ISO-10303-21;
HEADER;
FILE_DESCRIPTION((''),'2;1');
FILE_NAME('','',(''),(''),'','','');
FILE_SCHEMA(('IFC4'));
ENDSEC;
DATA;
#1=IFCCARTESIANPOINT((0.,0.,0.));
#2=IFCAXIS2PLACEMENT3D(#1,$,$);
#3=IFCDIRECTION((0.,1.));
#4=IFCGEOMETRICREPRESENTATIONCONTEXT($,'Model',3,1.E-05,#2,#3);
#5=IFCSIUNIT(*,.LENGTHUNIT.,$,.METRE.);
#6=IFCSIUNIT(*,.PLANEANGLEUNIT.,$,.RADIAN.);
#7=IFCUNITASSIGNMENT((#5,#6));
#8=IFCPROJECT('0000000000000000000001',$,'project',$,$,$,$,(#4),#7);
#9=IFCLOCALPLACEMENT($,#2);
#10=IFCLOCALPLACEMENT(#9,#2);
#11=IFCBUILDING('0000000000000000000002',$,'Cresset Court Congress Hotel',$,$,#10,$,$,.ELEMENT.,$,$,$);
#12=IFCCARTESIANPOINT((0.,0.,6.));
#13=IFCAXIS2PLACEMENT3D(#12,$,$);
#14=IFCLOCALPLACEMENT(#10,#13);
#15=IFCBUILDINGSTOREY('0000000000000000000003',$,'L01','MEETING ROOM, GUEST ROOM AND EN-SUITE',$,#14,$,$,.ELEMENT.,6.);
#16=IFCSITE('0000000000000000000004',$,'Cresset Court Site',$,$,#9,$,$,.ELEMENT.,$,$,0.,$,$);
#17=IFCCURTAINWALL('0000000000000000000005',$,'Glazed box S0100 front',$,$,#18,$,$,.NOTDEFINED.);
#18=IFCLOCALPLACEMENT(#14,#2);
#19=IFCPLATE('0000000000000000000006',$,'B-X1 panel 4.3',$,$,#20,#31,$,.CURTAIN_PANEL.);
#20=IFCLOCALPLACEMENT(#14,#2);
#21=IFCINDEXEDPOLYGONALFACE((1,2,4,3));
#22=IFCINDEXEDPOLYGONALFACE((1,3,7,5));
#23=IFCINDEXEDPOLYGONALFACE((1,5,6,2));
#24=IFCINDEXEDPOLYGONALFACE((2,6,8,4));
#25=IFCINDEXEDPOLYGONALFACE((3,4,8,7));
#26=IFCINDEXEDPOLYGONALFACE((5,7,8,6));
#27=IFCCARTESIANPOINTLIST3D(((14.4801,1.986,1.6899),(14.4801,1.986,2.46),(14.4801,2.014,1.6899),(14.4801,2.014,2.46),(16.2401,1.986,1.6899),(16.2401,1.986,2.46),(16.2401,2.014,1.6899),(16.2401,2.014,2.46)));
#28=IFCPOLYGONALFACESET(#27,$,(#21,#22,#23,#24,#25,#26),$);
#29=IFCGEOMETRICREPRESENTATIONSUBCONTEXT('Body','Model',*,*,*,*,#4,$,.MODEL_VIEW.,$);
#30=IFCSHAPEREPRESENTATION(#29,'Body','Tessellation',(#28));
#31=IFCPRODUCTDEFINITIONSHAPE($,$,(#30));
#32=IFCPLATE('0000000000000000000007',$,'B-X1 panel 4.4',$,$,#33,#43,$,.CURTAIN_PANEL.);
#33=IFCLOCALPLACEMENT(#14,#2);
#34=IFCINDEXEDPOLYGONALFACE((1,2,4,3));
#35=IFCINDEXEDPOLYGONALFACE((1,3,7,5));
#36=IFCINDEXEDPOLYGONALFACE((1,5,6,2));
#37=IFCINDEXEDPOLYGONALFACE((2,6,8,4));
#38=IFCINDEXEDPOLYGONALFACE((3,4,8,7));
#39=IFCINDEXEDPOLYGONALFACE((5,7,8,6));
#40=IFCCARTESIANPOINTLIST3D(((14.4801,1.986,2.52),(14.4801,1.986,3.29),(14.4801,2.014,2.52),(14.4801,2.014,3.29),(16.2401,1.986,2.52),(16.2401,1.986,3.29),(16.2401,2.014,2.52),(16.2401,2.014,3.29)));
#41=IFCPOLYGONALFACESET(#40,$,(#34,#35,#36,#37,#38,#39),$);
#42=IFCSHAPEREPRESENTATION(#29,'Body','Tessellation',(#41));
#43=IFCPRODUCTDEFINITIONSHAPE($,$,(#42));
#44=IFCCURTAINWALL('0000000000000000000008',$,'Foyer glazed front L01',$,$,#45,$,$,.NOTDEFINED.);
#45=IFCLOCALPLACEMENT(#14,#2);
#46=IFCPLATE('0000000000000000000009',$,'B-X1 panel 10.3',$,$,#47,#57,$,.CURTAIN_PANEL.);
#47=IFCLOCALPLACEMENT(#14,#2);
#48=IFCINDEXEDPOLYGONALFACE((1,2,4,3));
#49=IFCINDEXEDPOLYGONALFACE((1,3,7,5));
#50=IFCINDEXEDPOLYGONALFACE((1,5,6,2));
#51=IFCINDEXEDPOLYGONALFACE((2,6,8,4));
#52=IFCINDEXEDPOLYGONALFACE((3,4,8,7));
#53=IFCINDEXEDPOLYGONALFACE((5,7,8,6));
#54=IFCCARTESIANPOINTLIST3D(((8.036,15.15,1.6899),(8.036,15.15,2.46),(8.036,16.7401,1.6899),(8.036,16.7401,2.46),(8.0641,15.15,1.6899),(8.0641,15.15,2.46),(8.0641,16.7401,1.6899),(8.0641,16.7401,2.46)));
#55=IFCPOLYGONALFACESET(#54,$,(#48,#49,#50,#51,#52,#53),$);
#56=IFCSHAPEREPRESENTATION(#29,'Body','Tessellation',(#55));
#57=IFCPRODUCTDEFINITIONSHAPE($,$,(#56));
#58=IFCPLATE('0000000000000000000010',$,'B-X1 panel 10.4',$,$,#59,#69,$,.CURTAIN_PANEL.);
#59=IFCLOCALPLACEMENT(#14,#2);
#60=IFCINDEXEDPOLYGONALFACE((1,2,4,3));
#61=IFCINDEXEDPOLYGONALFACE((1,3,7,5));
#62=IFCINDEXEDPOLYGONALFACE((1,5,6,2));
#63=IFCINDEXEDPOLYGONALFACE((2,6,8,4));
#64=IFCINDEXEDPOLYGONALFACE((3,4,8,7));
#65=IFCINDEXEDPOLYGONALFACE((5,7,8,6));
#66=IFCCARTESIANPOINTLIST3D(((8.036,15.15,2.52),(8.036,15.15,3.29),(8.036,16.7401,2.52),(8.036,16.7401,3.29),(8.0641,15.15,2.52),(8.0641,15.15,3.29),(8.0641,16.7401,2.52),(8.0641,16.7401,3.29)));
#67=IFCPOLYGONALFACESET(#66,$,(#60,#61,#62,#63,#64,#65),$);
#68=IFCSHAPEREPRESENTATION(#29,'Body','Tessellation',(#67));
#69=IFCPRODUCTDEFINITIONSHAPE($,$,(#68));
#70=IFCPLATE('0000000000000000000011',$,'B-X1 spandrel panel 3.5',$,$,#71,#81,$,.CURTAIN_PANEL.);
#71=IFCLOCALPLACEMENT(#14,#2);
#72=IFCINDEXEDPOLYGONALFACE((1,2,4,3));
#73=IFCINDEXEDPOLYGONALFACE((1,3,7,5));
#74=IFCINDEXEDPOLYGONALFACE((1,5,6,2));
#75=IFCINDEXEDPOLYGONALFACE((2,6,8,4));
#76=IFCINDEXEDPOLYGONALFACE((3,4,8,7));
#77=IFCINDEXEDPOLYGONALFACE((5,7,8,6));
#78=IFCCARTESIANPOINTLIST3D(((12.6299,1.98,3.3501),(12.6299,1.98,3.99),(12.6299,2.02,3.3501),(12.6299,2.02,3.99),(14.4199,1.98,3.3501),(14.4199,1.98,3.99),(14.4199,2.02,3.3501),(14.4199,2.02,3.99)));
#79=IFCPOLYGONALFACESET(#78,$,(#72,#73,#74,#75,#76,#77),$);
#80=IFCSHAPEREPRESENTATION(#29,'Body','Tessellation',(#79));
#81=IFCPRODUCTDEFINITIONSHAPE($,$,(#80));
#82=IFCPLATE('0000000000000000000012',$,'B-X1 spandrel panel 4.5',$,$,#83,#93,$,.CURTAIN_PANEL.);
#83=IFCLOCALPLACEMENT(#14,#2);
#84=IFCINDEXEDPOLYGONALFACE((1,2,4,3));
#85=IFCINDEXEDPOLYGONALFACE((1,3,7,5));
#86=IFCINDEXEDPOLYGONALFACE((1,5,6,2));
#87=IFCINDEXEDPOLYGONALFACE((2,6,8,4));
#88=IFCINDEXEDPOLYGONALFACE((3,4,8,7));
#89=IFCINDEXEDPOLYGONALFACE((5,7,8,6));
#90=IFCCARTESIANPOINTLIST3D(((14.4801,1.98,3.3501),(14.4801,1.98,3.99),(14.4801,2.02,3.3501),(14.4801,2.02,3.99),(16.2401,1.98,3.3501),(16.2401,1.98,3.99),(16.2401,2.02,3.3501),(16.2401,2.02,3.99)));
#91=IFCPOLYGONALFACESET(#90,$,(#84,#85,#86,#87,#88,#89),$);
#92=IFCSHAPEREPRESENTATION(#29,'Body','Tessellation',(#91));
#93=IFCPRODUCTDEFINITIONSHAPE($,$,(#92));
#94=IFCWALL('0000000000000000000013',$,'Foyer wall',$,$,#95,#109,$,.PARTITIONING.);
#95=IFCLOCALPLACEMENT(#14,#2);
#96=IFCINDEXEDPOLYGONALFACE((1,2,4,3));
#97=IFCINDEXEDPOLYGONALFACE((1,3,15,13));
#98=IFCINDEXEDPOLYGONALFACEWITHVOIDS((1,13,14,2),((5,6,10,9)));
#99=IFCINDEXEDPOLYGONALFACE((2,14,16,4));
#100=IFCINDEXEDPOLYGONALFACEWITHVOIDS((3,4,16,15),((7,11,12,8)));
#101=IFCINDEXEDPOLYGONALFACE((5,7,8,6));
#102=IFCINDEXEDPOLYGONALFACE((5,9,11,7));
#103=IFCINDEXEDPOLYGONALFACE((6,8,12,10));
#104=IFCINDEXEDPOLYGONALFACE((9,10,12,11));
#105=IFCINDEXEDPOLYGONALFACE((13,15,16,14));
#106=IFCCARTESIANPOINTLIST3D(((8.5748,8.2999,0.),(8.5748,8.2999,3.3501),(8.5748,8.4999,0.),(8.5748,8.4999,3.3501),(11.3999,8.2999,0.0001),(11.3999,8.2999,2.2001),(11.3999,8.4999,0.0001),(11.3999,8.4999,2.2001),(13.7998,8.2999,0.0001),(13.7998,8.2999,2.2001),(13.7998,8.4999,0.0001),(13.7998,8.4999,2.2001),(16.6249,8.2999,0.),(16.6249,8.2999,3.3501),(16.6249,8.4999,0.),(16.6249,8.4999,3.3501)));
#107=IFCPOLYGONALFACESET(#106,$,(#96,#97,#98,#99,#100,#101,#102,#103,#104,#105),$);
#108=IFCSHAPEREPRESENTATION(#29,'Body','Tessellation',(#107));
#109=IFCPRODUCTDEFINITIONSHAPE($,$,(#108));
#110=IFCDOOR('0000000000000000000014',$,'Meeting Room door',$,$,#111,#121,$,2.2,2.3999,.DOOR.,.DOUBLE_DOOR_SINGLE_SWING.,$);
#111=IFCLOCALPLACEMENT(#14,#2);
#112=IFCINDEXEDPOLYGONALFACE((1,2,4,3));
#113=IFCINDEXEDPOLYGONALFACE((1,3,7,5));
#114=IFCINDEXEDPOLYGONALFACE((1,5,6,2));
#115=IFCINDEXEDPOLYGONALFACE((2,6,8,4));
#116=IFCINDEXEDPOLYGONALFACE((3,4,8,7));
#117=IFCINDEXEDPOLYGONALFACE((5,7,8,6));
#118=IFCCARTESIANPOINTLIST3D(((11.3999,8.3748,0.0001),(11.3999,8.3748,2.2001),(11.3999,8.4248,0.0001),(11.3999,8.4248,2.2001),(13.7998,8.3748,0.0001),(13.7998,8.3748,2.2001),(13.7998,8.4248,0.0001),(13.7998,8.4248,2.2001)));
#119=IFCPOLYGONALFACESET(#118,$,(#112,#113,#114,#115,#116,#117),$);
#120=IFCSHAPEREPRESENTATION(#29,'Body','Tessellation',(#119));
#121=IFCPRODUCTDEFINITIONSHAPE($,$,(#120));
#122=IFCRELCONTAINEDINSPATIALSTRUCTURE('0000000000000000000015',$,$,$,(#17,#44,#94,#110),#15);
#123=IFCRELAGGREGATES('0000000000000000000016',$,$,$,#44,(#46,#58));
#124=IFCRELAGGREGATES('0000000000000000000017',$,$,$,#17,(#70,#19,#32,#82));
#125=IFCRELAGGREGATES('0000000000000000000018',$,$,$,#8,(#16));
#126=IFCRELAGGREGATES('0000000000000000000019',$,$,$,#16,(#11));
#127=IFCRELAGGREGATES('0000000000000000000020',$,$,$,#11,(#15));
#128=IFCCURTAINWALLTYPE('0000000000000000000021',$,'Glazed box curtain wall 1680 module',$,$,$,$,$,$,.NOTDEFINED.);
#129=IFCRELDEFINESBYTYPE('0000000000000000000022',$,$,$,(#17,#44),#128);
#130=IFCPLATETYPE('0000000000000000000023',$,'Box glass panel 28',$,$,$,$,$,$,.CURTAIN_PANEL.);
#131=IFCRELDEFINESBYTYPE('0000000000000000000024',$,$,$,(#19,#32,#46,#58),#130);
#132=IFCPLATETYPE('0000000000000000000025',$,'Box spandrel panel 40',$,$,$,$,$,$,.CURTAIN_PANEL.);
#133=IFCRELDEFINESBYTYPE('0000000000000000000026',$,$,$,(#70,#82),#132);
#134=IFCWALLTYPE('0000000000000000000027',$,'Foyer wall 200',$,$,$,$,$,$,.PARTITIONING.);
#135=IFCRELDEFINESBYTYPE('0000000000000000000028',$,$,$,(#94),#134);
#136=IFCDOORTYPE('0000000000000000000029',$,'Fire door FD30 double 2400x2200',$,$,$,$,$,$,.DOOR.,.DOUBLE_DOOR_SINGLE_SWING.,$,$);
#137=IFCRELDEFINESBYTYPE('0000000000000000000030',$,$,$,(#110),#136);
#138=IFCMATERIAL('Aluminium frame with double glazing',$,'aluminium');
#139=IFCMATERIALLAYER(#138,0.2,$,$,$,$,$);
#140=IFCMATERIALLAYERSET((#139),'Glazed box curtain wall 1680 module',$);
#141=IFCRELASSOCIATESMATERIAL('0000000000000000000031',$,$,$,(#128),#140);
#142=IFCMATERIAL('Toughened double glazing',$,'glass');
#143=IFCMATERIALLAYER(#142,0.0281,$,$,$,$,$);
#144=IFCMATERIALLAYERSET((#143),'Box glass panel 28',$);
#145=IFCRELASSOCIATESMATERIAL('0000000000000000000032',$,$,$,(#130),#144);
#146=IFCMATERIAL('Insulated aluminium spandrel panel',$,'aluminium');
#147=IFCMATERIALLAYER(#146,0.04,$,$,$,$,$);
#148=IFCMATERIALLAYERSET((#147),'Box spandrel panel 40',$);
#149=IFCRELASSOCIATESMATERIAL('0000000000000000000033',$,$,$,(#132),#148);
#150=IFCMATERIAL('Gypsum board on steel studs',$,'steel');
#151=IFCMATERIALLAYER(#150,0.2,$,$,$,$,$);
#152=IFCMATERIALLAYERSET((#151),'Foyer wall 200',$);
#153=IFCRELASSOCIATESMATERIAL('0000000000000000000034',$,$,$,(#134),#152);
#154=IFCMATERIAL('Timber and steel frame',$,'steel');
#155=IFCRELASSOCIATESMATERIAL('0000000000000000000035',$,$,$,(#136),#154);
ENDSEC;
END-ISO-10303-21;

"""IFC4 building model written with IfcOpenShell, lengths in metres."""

from ifc_helpers import new_model, si_unit, direction, frame, frame_2d, origin, origin_2d, place, context, subcontext, project, spatial, rectangle, extrude, material, layer, layer_set, type_object, element, fill, aggregate, save


model = new_model("IFC4")

# Units and contexts
model_context = context("Model", 3, precision=1e-05, world=origin(), true_north=direction((0.0, 1.0)))
body_context = subcontext(model_context, "Body", "Model", "MODEL_VIEW")
ifc_project = project(units=[si_unit("LENGTHUNIT", "METRE"), si_unit("PLANEANGLEUNIT", "RADIAN")], contexts=[model_context])

# Site, building, storey
site_placement = place(None, origin())
site = spatial("IfcSite", under=ifc_project, at=site_placement, Name="Cresset Court Site", CompositionType="ELEMENT", RefElevation=0.0)
building_placement = place(site_placement, origin())
building = spatial("IfcBuilding", under=site, at=building_placement, Name="Cresset Court Congress Hotel", CompositionType="ELEMENT")
storey_placement = place(building_placement, frame((0.0, 0.0, 6.0)))
storey = spatial("IfcBuildingStorey", under=building, at=storey_placement, Name="L01", Description="MEETING ROOM, GUEST ROOM AND EN-SUITE", CompositionType="ELEMENT", Elevation=6.0)

# Curtain wall
ifc_material_1 = material(Name="Aluminium frame with double glazing", Category="aluminium")
ifc_layer_1 = layer(ifc_material_1, 0.2)
ifc_layer_set_1 = layer_set([ifc_layer_1], Name="Glazed box curtain wall 1680 module")
curtain_wall_type = type_object("IfcCurtainWallType", Name="Glazed box curtain wall 1680 module", PredefinedType="NOTDEFINED", material=ifc_layer_set_1)
curtain_wall_1_placement = place(storey_placement, origin())
curtain_wall_1 = element("IfcCurtainWall", 1, at=curtain_wall_1_placement, inside=storey, type_object=curtain_wall_type, Name="Glazed box S0100 front", PredefinedType="NOTDEFINED")

# Plates
ifc_material_2 = material(Name="Toughened double glazing", Category="glass")
ifc_layer_2 = layer(ifc_material_2, 0.0281)
ifc_layer_set_2 = layer_set([ifc_layer_2], Name="Box glass panel 28")
plate_type_1 = type_object("IfcPlateType", Name="Box glass panel 28", PredefinedType="CURTAIN_PANEL", material=ifc_layer_set_2)
plate_1_placement = place(storey_placement, frame((15.3601, 2.0, 1.6899), z_axis=(0.0, 0.0, 1.0), x_axis=(1.0, 0.0, 0.0)))
plate_1 = element("IfcPlate", 2, at=plate_1_placement, type_object=plate_type_1, Name="B-X1 panel 4.3", PredefinedType="CURTAIN_PANEL", context=body_context, shape_type="SweptSolid", body=[
    extrude(rectangle(XDim=1.76, YDim=0.0281, at=origin_2d()), origin(), (0.0, 0.0, 1.0), 0.77),
])
plate_2_placement = place(storey_placement, frame((15.3601, 2.0, 2.52), z_axis=(0.0, 0.0, 1.0), x_axis=(1.0, 0.0, 0.0)))
plate_2 = element("IfcPlate", 3, at=plate_2_placement, type_object=plate_type_1, Name="B-X1 panel 4.4", PredefinedType="CURTAIN_PANEL", context=body_context, shape_type="SweptSolid", body=[
    extrude(rectangle(XDim=1.76, YDim=0.0281, at=origin_2d()), origin(), (0.0, 0.0, 1.0), 0.77),
])

# Curtain wall, plates
curtain_wall_2_placement = place(storey_placement, origin())
curtain_wall_2 = element("IfcCurtainWall", 4, at=curtain_wall_2_placement, inside=storey, type_object=curtain_wall_type, Name="Foyer glazed front L01", PredefinedType="NOTDEFINED")
plate_3_placement = place(storey_placement, frame((8.05, 15.9451, 1.6899), z_axis=(0.0, 0.0, 1.0), x_axis=(0.0, 1.0, 0.0)))
plate_3 = element("IfcPlate", 5, at=plate_3_placement, type_object=plate_type_1, Name="B-X1 panel 10.3", PredefinedType="CURTAIN_PANEL", context=body_context, shape_type="SweptSolid", body=[
    extrude(rectangle(XDim=1.5901, YDim=0.0281, at=origin_2d()), origin(), (0.0, 0.0, 1.0), 0.77),
])
plate_4_placement = place(storey_placement, frame((8.05, 15.9451, 2.52), z_axis=(0.0, 0.0, 1.0), x_axis=(0.0, 1.0, 0.0)))
plate_4 = element("IfcPlate", 6, at=plate_4_placement, type_object=plate_type_1, Name="B-X1 panel 10.4", PredefinedType="CURTAIN_PANEL", context=body_context, shape_type="SweptSolid", body=[
    extrude(rectangle(XDim=1.5901, YDim=0.0281, at=origin_2d()), origin(), (0.0, 0.0, 1.0), 0.77),
])
aggregate(curtain_wall_2, [plate_3, plate_4])

# Plates
ifc_material_3 = material(Name="Insulated aluminium spandrel panel", Category="aluminium")
ifc_layer_3 = layer(ifc_material_3, 0.04)
ifc_layer_set_3 = layer_set([ifc_layer_3], Name="Box spandrel panel 40")
plate_type_2 = type_object("IfcPlateType", Name="Box spandrel panel 40", PredefinedType="CURTAIN_PANEL", material=ifc_layer_set_3)
plate_5_placement = place(storey_placement, frame((13.5249, 2.0, 3.3501), z_axis=(0.0, 0.0, 1.0), x_axis=(1.0, 0.0, 0.0)))
plate_5 = element("IfcPlate", 7, at=plate_5_placement, type_object=plate_type_2, Name="B-X1 spandrel panel 3.5", PredefinedType="CURTAIN_PANEL", context=body_context, shape_type="SweptSolid", body=[
    extrude(rectangle(XDim=1.79, YDim=0.04, at=origin_2d()), origin(), (0.0, 0.0, 1.0), 0.6399),
])
plate_6_placement = place(storey_placement, frame((15.3601, 2.0, 3.3501), z_axis=(0.0, 0.0, 1.0), x_axis=(1.0, 0.0, 0.0)))
plate_6 = element("IfcPlate", 8, at=plate_6_placement, type_object=plate_type_2, Name="B-X1 spandrel panel 4.5", PredefinedType="CURTAIN_PANEL", context=body_context, shape_type="SweptSolid", body=[
    extrude(rectangle(XDim=1.76, YDim=0.04, at=origin_2d()), origin(), (0.0, 0.0, 1.0), 0.6399),
])
aggregate(curtain_wall_1, [plate_5, plate_1, plate_2, plate_6])

# Wall, opening, door
ifc_material_4 = material(Name="Gypsum board on steel studs", Category="steel")
ifc_layer_4 = layer(ifc_material_4, 0.2)
ifc_layer_set_4 = layer_set([ifc_layer_4], Name="Foyer wall 200")
wall_type = type_object("IfcWallType", Name="Foyer wall 200", PredefinedType="PARTITIONING", material=ifc_layer_set_4)
wall_placement = place(storey_placement, frame((8.575, 8.3999, 0.0), z_axis=(0.0, 0.0, 1.0), x_axis=(1.0, 0.0, 0.0)))
wall = element("IfcWall", 9, at=wall_placement, inside=storey, type_object=wall_type, Name="Foyer wall", PredefinedType="PARTITIONING", context=body_context, shape_type="SweptSolid", body=[
    extrude(rectangle(XDim=8.05, YDim=0.2, at=frame_2d((4.0249, 0.0))), origin(), (0.0, 0.0, 1.0), 3.3501),
])
opening_placement = place(wall_placement, frame((2.825, 0.0, 0.0)))
opening = element("IfcOpeningElement", 10, at=opening_placement, cuts=wall, PredefinedType="OPENING", context=body_context, shape_type="SweptSolid", body=[
    extrude(rectangle(XDim=2.3999, YDim=2.2, at=frame_2d((1.2, 1.1001))), frame((0.0, 0.1099, 0.0), z_axis=(0.0, -1.0, 0.0), x_axis=(1.0, 0.0, 0.0)), (0.0, 0.0, 1.0), 0.22),
])
ifc_material_5 = material(Name="Timber and steel frame", Category="steel")
door_type = type_object("IfcDoorType", Name="Fire door FD30 double 2400x2200", OperationType="DOUBLE_DOOR_SINGLE_SWING", PredefinedType="DOOR", material=ifc_material_5)
door_placement = place(opening_placement, origin())
door = element("IfcDoor", 11, at=door_placement, inside=storey, type_object=door_type, Name="Meeting Room door", OperationType="DOUBLE_DOOR_SINGLE_SWING", OverallHeight=2.2, OverallWidth=2.3999, PredefinedType="DOOR", context=body_context, shape_type="SweptSolid", body=[
    extrude(rectangle(XDim=2.3999, YDim=2.2, at=frame_2d((1.2, 1.1001))), frame((0.0, 0.0249, 0.0), z_axis=(0.0, -1.0, 0.0), x_axis=(1.0, 0.0, 0.0)), (0.0, 0.0, 1.0), 0.05),
])
fill(opening, door)

save(model, "model.ifc")
